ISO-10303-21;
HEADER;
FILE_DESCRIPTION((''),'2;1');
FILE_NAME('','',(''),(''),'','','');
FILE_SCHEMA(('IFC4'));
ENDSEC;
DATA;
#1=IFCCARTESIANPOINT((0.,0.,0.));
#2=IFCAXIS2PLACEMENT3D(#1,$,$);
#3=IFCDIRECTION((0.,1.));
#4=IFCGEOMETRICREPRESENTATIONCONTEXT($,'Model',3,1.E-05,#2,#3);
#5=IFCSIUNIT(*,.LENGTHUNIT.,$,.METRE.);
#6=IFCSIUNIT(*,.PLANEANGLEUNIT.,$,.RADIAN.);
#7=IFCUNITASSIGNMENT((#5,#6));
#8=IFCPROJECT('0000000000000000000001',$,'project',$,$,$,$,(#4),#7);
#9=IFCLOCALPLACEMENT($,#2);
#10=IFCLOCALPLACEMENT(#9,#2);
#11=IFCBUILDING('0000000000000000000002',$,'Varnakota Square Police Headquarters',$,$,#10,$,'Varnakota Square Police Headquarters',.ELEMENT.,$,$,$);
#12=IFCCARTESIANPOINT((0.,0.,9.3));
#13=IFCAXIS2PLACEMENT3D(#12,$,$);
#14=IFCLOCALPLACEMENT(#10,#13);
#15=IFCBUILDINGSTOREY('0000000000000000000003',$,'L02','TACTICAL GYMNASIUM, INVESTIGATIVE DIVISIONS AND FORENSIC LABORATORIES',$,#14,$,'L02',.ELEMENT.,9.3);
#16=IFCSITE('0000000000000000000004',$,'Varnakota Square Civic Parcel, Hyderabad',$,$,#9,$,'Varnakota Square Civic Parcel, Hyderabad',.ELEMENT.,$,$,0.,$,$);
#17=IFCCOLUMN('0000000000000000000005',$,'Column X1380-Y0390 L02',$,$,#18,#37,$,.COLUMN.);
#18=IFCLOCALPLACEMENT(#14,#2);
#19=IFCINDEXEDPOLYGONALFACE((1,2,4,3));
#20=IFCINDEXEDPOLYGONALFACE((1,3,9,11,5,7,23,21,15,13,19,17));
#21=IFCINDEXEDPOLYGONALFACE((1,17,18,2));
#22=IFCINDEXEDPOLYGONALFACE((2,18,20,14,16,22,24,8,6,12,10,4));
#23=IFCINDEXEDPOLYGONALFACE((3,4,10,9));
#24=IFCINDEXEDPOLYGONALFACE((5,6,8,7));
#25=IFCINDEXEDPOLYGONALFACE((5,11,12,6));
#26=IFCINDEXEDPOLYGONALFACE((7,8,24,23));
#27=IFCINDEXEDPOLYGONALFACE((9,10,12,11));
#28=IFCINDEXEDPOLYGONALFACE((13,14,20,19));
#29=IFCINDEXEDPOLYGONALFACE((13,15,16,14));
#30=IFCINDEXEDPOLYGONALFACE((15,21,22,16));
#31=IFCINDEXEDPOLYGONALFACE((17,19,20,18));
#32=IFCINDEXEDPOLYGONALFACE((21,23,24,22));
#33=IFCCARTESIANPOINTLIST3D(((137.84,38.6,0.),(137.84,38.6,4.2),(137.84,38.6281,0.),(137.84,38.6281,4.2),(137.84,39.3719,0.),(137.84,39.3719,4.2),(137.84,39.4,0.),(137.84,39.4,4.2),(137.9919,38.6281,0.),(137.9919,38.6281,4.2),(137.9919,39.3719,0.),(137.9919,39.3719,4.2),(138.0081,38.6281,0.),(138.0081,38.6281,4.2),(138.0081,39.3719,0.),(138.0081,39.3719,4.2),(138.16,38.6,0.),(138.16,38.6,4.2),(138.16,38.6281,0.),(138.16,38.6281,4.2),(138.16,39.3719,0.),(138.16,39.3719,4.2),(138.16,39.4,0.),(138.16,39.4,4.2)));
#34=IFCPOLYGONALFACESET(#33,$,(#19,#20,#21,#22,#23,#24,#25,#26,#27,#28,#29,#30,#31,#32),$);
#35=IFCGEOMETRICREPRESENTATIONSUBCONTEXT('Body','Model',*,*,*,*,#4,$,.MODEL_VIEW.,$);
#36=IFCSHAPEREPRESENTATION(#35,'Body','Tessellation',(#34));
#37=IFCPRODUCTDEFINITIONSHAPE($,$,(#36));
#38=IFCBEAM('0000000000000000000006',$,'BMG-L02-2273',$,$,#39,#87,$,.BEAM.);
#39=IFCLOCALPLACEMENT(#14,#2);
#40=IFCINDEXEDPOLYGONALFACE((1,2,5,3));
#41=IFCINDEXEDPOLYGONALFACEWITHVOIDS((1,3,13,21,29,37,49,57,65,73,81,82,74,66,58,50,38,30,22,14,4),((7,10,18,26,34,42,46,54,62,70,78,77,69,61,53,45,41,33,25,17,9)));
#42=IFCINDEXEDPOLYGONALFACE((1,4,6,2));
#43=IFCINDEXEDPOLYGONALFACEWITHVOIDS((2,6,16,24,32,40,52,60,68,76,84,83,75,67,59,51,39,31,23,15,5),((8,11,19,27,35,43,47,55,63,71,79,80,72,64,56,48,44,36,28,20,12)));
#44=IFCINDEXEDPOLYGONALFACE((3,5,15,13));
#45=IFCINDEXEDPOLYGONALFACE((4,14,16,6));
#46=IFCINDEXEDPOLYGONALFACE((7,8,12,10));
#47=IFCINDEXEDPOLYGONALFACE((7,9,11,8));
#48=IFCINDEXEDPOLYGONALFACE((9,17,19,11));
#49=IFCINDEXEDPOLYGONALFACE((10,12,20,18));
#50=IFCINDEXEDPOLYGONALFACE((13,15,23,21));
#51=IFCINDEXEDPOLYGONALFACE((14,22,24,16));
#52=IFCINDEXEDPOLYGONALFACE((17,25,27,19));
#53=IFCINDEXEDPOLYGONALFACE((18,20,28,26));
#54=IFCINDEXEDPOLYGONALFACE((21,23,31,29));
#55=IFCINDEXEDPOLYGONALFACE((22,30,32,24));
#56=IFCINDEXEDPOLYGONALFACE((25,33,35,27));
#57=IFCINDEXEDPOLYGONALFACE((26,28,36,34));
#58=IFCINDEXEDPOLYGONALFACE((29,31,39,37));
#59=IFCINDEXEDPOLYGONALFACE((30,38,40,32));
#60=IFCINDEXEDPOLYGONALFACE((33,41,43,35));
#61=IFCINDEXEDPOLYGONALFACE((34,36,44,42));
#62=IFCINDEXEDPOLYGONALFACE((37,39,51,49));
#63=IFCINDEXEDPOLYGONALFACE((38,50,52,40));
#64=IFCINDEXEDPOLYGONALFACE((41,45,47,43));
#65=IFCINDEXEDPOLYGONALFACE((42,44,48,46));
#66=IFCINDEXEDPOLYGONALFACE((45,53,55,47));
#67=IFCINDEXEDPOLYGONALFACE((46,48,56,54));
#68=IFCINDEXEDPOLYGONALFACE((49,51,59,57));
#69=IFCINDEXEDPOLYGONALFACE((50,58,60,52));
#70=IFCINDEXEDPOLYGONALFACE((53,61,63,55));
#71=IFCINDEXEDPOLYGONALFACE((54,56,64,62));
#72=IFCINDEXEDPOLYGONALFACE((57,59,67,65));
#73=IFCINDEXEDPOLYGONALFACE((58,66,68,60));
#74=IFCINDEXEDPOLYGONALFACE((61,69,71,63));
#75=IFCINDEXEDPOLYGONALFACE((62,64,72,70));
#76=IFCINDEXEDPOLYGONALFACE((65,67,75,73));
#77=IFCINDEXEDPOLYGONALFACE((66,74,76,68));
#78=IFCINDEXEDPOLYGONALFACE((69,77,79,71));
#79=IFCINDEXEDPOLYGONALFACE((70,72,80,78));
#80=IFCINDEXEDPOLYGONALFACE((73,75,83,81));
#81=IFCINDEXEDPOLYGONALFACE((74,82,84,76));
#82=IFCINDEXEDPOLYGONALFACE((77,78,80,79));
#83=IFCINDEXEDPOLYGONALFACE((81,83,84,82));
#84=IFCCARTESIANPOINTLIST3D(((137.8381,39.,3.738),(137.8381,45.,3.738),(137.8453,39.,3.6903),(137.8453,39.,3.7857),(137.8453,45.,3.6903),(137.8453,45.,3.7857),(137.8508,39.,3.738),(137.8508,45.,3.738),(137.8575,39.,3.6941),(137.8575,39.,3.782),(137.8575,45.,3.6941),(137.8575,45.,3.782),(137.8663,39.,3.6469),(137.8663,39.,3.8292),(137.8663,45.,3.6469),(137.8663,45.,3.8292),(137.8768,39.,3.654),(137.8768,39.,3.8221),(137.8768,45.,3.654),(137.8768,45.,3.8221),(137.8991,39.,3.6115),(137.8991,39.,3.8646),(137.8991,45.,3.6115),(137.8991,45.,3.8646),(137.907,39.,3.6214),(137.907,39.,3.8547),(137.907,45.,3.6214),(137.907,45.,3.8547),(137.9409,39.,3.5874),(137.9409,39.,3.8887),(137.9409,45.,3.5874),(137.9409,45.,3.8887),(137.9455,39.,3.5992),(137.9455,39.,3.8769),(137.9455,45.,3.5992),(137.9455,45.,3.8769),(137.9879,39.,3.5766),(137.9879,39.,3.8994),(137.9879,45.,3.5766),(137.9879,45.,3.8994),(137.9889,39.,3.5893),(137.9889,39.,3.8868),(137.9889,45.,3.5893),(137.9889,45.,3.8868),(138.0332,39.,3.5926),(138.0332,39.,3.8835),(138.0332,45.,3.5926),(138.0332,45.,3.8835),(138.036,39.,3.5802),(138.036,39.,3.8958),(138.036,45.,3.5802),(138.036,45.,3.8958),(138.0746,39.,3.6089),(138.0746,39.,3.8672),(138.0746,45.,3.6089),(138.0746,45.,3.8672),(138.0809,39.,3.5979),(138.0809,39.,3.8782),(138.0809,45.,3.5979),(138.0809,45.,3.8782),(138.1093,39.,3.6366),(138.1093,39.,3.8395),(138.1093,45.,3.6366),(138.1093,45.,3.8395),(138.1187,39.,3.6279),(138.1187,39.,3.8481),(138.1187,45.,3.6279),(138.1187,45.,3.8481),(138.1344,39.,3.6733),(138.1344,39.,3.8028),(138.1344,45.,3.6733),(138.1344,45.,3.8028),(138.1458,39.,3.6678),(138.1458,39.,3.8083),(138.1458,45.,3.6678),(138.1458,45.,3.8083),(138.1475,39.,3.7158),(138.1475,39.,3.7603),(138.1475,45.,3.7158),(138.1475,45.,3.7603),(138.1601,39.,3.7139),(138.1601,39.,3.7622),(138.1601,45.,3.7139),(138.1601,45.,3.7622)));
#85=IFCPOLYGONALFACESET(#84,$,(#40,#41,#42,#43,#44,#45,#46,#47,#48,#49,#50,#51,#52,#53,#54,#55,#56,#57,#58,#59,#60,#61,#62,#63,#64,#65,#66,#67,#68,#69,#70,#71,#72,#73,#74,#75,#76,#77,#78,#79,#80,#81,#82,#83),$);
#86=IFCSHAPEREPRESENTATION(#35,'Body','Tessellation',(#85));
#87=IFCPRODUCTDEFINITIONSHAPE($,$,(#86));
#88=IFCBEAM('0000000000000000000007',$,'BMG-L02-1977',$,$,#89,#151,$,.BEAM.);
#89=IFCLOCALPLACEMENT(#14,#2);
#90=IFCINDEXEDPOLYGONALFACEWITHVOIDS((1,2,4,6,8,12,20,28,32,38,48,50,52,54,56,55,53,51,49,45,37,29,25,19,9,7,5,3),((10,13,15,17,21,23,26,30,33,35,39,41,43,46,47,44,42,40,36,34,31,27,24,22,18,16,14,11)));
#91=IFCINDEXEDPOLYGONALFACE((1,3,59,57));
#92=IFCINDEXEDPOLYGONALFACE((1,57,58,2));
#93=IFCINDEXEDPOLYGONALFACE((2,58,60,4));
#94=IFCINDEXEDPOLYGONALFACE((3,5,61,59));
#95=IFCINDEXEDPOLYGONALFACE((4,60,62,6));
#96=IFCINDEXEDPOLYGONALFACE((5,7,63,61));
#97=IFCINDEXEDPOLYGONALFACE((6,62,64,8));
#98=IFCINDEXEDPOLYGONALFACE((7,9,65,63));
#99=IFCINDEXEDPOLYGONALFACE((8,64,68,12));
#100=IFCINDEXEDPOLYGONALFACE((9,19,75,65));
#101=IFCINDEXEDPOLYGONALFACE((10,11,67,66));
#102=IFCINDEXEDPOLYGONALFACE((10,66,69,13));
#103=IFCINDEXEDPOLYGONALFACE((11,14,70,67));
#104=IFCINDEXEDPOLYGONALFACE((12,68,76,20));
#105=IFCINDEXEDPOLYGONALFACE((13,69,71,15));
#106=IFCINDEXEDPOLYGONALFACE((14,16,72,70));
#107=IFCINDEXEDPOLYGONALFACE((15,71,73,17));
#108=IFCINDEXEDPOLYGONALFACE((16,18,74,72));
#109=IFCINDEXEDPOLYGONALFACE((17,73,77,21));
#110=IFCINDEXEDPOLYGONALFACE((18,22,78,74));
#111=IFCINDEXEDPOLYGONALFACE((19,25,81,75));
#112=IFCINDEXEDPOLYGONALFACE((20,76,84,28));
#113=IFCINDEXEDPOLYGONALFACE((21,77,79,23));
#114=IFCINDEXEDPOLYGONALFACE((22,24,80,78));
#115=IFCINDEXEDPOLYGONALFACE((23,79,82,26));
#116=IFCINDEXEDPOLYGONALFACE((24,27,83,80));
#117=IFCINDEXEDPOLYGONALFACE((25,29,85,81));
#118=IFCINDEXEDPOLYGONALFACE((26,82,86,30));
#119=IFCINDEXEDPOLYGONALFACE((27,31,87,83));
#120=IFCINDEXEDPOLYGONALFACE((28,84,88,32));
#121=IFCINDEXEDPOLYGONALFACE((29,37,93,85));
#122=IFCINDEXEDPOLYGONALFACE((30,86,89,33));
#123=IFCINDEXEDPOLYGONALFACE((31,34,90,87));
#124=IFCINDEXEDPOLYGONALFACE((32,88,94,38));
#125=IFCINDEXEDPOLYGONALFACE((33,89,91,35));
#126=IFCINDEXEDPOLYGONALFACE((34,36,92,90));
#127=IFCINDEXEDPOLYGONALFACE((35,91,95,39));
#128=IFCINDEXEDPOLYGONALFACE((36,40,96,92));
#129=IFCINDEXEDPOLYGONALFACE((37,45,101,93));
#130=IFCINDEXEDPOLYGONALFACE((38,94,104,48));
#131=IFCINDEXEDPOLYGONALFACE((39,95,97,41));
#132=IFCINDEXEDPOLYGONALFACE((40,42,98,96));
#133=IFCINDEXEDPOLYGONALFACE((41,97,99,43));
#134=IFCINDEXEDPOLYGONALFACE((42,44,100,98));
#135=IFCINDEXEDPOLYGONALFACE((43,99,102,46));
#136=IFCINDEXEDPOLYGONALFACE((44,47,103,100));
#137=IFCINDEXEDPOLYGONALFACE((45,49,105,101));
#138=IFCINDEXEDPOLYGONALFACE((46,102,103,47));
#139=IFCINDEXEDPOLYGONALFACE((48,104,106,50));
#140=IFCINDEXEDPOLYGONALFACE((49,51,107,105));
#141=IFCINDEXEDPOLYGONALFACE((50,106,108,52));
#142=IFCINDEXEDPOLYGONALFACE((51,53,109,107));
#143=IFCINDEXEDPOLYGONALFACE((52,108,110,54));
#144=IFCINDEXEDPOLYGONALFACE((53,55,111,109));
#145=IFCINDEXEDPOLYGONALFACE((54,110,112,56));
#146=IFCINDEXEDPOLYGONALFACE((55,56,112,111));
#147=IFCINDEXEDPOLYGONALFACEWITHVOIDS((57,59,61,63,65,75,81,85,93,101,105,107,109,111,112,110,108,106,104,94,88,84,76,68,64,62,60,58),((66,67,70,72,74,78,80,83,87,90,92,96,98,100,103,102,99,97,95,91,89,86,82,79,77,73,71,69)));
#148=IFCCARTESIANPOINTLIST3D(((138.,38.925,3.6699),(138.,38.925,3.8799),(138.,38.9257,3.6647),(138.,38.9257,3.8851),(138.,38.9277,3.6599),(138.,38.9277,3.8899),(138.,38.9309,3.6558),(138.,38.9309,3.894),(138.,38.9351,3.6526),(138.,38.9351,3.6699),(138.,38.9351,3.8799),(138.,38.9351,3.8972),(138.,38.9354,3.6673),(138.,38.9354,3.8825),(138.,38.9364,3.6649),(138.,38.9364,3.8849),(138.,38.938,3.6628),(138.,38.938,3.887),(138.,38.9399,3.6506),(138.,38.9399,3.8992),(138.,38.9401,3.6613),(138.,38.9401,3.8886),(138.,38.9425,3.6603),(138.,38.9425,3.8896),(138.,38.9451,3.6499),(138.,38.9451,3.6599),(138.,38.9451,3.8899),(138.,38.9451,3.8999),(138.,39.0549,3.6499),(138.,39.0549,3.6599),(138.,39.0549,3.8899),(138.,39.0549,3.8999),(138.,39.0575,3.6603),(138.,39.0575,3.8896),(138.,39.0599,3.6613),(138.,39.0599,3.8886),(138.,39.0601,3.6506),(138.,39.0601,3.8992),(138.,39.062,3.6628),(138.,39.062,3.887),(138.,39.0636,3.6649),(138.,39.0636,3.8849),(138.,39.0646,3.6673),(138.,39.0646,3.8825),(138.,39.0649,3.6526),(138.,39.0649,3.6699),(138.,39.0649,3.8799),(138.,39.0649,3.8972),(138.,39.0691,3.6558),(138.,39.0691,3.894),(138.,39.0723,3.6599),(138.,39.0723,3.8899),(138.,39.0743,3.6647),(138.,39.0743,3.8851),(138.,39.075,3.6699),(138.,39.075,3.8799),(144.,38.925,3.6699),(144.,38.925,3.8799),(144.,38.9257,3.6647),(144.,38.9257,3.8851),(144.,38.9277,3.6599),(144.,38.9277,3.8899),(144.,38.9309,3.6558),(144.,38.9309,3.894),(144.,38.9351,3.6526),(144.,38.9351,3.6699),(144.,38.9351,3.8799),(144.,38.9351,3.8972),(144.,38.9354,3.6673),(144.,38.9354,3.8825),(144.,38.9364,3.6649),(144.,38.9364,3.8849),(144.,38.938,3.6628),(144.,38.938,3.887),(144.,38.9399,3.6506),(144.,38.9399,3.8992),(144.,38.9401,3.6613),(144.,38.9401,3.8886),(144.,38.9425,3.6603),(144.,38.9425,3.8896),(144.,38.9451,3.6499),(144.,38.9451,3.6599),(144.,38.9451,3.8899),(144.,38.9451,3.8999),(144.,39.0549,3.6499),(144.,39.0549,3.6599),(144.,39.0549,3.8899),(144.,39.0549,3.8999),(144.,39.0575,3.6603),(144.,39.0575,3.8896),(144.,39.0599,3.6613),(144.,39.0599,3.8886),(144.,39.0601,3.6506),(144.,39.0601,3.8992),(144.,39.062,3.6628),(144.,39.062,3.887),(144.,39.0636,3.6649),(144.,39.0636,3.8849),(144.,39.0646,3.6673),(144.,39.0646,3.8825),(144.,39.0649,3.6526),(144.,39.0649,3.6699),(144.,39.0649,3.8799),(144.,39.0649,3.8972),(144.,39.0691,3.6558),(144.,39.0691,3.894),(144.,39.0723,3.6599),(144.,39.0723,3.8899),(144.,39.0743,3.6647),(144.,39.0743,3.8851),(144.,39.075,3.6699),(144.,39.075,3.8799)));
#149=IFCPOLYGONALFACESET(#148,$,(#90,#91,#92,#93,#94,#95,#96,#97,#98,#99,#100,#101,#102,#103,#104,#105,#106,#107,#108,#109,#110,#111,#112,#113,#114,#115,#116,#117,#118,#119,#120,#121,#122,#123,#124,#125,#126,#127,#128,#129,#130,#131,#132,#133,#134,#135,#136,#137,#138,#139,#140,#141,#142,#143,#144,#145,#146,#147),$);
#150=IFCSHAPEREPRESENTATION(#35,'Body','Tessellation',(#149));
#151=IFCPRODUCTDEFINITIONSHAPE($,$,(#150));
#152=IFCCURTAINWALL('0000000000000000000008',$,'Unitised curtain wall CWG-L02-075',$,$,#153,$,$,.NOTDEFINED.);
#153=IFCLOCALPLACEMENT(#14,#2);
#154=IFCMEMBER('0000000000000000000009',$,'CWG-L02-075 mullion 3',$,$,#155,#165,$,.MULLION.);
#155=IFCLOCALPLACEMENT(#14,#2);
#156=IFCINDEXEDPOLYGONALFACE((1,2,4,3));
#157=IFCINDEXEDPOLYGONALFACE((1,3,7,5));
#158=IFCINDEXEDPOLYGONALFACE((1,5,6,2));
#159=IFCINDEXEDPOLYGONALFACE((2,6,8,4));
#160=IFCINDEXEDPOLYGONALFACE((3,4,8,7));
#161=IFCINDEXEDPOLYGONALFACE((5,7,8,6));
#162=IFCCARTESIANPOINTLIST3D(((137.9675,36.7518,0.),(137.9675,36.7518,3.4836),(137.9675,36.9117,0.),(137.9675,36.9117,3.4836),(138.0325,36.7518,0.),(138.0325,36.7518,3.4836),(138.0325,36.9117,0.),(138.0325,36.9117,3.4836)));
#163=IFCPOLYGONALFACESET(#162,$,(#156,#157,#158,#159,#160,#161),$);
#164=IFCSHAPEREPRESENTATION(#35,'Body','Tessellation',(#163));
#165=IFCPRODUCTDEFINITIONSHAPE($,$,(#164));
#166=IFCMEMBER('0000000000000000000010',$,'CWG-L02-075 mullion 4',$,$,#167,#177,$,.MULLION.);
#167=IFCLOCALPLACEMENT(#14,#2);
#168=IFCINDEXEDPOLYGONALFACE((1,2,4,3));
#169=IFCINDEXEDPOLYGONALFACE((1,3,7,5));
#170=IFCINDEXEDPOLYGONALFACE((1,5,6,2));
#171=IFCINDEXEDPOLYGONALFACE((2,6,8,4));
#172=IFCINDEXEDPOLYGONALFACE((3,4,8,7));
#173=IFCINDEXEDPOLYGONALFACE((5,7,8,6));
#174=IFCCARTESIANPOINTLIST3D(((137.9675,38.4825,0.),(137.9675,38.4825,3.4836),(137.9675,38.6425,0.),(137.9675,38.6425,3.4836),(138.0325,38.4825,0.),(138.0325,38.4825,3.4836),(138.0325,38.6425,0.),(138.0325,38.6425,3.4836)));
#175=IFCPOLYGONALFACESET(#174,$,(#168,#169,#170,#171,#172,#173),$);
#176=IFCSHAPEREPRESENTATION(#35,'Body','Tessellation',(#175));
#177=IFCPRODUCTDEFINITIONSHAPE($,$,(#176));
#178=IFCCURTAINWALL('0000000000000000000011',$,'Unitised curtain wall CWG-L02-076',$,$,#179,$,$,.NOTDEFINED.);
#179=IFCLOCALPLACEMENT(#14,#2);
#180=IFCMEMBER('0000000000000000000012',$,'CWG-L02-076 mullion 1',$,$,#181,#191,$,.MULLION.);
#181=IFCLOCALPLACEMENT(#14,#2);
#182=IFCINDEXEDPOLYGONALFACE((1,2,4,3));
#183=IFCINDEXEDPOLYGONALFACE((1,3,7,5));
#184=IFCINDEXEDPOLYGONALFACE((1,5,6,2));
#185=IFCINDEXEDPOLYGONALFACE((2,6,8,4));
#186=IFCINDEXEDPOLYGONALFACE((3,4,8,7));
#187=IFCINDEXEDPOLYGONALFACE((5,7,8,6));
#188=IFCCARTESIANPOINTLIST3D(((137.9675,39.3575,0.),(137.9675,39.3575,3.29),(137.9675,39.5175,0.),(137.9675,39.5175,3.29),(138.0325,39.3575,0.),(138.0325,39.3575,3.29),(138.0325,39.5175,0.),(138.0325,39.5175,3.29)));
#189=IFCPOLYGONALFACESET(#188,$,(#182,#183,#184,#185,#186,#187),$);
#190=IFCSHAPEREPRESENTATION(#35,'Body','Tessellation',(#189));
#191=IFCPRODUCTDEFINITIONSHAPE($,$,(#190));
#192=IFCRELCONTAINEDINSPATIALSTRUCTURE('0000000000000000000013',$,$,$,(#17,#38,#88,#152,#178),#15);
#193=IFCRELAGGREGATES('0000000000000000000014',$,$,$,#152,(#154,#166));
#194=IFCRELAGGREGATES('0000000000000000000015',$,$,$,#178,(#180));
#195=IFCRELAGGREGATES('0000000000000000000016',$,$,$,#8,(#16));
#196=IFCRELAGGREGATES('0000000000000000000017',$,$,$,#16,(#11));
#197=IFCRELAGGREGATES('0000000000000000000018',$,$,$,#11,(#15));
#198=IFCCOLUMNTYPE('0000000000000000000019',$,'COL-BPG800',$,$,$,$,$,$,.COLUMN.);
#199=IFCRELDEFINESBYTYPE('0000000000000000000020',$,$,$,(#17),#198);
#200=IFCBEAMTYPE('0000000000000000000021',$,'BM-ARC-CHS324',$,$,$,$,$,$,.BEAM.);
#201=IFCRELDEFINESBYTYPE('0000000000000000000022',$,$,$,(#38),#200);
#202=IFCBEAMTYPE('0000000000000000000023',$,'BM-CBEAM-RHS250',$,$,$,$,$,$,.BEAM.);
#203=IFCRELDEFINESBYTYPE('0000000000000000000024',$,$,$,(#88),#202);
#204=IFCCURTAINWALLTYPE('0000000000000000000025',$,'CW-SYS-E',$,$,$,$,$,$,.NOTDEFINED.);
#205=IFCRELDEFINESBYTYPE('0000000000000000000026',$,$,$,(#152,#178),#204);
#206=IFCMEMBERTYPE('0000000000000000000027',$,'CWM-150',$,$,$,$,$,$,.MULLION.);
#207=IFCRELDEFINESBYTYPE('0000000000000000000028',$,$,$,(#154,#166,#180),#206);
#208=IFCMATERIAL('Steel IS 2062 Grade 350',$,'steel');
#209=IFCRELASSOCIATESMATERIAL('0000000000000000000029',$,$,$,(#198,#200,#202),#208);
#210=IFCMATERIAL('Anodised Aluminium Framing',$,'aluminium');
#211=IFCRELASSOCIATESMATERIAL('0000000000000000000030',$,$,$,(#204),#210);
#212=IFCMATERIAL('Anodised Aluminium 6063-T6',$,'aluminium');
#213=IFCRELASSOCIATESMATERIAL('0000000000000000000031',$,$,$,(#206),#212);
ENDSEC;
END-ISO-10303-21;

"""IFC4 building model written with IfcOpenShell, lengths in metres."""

from ifc_helpers import new_model, si_unit, direction, frame, origin, origin_2d, place, context, subcontext, project, spatial, rectangle, hollow_rectangle, hollow_circle, i_section, extrude, material, material_profile, profile_set, type_object, element, aggregate, save


model = new_model("IFC4")

# Units and contexts
model_context = context("Model", 3, precision=1e-05, world=origin(), true_north=direction((0.0, 1.0)))
body_context = subcontext(model_context, "Body", "Model", "MODEL_VIEW")
ifc_project = project(units=[si_unit("LENGTHUNIT", "METRE"), si_unit("PLANEANGLEUNIT", "RADIAN")], contexts=[model_context])

# Site, building, storey
site_placement = place(None, origin())
site = spatial("IfcSite", under=ifc_project, at=site_placement, Name="Varnakota Square Civic Parcel, Hyderabad", LongName="Varnakota Square Civic Parcel, Hyderabad", CompositionType="ELEMENT", RefElevation=0.0)
building_placement = place(site_placement, origin())
building = spatial("IfcBuilding", under=site, at=building_placement, Name="Varnakota Square Police Headquarters", LongName="Varnakota Square Police Headquarters", CompositionType="ELEMENT")
storey_placement = place(building_placement, frame((0.0, 0.0, 9.3)))
storey = spatial("IfcBuildingStorey", under=building, at=storey_placement, Name="L02", Description="TACTICAL GYMNASIUM, INVESTIGATIVE DIVISIONS AND FORENSIC LABORATORIES", LongName="L02", CompositionType="ELEMENT", Elevation=9.3)

# Column
ifc_material_1 = material(Name="Steel IS 2062 Grade 350", Category="steel")
ifc_material_profile_1 = material_profile(ifc_material_1, i_section(OverallWidth=0.3201, OverallDepth=0.8, WebThickness=0.0161, FlangeThickness=0.0281, at=origin_2d()), Name="BPG 800x320")
ifc_profile_set_1 = profile_set([ifc_material_profile_1], Name="Steel IS 2062 Grade 350")
column_type = type_object("IfcColumnType", Name="COL-BPG800", PredefinedType="COLUMN", material=ifc_profile_set_1)
column_placement = place(storey_placement, frame((138.0, 39.0, 0.0), z_axis=(0.0, 0.0, 1.0), x_axis=(1.0, 0.0, 0.0)))
element("IfcColumn", 1, at=column_placement, inside=storey, type_object=column_type, Name="Column X1380-Y0390 L02", PredefinedType="COLUMN", context=body_context, shape_type="SweptSolid", body=[
    extrude(i_section(OverallWidth=0.3201, OverallDepth=0.8, WebThickness=0.0161, FlangeThickness=0.0281, at=origin_2d()), origin(), (0.0, 0.0, 1.0), 4.2),
])

# Beams
ifc_material_profile_2 = material_profile(ifc_material_1, hollow_circle(Radius=0.1619, WallThickness=0.0127, at=origin_2d()), Name="CHS 323.9x12.7")
ifc_profile_set_2 = profile_set([ifc_material_profile_2], Name="Steel IS 2062 Grade 350")
beam_type_1 = type_object("IfcBeamType", Name="BM-ARC-CHS324", PredefinedType="BEAM", material=ifc_profile_set_2)
beam_1_placement = place(storey_placement, frame((138.0, 39.0, 3.738), z_axis=(0.0, 1.0, 0.0), x_axis=(-1.0, 0.0, 0.0)))
element("IfcBeam", 2, at=beam_1_placement, inside=storey, type_object=beam_type_1, Name="BMG-L02-2273", PredefinedType="BEAM", context=body_context, shape_type="SweptSolid", body=[
    extrude(hollow_circle(Radius=0.1619, WallThickness=0.0127, at=origin_2d()), origin(), (0.0, 0.0, 1.0), 6.0),
])
ifc_material_profile_3 = material_profile(ifc_material_1, hollow_rectangle(XDim=0.1499, YDim=0.25, WallThickness=0.01, InnerFilletRadius=0.01, OuterFilletRadius=0.02, at=origin_2d()), Name="RHS 250x150x10")
ifc_profile_set_3 = profile_set([ifc_material_profile_3], Name="Steel IS 2062 Grade 350")
beam_type_2 = type_object("IfcBeamType", Name="BM-CBEAM-RHS250", PredefinedType="BEAM", material=ifc_profile_set_3)
beam_2_placement = place(storey_placement, frame((138.0, 39.0, 3.7749), z_axis=(1.0, 0.0, 0.0), x_axis=(0.0, 1.0, 0.0)))
element("IfcBeam", 3, at=beam_2_placement, inside=storey, type_object=beam_type_2, Name="BMG-L02-1977", PredefinedType="BEAM", context=body_context, shape_type="SweptSolid", body=[
    extrude(hollow_rectangle(XDim=0.1499, YDim=0.25, WallThickness=0.01, InnerFilletRadius=0.01, OuterFilletRadius=0.02, at=origin_2d()), origin(), (0.0, 0.0, 1.0), 6.0),
])

# Curtain walls, members
ifc_material_2 = material(Name="Anodised Aluminium Framing", Category="aluminium")
curtain_wall_type = type_object("IfcCurtainWallType", Name="CW-SYS-E", PredefinedType="NOTDEFINED", material=ifc_material_2)
curtain_wall_1_placement = place(storey_placement, origin())
curtain_wall_1 = element("IfcCurtainWall", 4, at=curtain_wall_1_placement, inside=storey, type_object=curtain_wall_type, Name="Unitised curtain wall CWG-L02-075", PredefinedType="NOTDEFINED")
ifc_material_3 = material(Name="Anodised Aluminium 6063-T6", Category="aluminium")
ifc_material_profile_4 = material_profile(ifc_material_3, rectangle(XDim=0.0649, YDim=0.1599, at=origin_2d()), Name="ALU MULLION 65x160")
ifc_profile_set_4 = profile_set([ifc_material_profile_4], Name="Anodised Aluminium 6063-T6")
member_type_1 = type_object("IfcMemberType", Name="CWM-150", PredefinedType="MULLION", material=ifc_profile_set_4)
member_1_placement = place(storey_placement, frame((138.0, 36.8318, 0.0), z_axis=(0.0, 0.0, 1.0), x_axis=(-1.0, 0.0, 0.0)))
member_1 = element("IfcMember", 5, at=member_1_placement, type_object=member_type_1, Name="CWG-L02-075 mullion 3", PredefinedType="MULLION", context=body_context, shape_type="SweptSolid", body=[
    extrude(rectangle(XDim=0.0649, YDim=0.1599, at=origin_2d()), origin(), (0.0, 0.0, 1.0), 3.4836),
])
member_2_placement = place(storey_placement, frame((138.0, 38.5625, 0.0), z_axis=(0.0, 0.0, 1.0), x_axis=(-1.0, 0.0, 0.0)))
member_2 = element("IfcMember", 6, at=member_2_placement, type_object=member_type_1, Name="CWG-L02-075 mullion 4", PredefinedType="MULLION", context=body_context, shape_type="SweptSolid", body=[
    extrude(rectangle(XDim=0.0649, YDim=0.1599, at=origin_2d()), origin(), (0.0, 0.0, 1.0), 3.4836),
])
curtain_wall_2_placement = place(storey_placement, origin())
curtain_wall_2 = element("IfcCurtainWall", 7, at=curtain_wall_2_placement, inside=storey, type_object=curtain_wall_type, Name="Unitised curtain wall CWG-L02-076", PredefinedType="NOTDEFINED")
member_3_placement = place(storey_placement, frame((138.0, 39.4375, 0.0), z_axis=(0.0, 0.0, 1.0), x_axis=(-1.0, 0.0, 0.0)))
member_3 = element("IfcMember", 8, at=member_3_placement, type_object=member_type_1, Name="CWG-L02-076 mullion 1", PredefinedType="MULLION", context=body_context, shape_type="SweptSolid", body=[
    extrude(rectangle(XDim=0.0649, YDim=0.1599, at=origin_2d()), origin(), (0.0, 0.0, 1.0), 3.29),
])

aggregate(curtain_wall_1, [member_1, member_2])
aggregate(curtain_wall_2, [member_3])

save(model, "model.ifc")
